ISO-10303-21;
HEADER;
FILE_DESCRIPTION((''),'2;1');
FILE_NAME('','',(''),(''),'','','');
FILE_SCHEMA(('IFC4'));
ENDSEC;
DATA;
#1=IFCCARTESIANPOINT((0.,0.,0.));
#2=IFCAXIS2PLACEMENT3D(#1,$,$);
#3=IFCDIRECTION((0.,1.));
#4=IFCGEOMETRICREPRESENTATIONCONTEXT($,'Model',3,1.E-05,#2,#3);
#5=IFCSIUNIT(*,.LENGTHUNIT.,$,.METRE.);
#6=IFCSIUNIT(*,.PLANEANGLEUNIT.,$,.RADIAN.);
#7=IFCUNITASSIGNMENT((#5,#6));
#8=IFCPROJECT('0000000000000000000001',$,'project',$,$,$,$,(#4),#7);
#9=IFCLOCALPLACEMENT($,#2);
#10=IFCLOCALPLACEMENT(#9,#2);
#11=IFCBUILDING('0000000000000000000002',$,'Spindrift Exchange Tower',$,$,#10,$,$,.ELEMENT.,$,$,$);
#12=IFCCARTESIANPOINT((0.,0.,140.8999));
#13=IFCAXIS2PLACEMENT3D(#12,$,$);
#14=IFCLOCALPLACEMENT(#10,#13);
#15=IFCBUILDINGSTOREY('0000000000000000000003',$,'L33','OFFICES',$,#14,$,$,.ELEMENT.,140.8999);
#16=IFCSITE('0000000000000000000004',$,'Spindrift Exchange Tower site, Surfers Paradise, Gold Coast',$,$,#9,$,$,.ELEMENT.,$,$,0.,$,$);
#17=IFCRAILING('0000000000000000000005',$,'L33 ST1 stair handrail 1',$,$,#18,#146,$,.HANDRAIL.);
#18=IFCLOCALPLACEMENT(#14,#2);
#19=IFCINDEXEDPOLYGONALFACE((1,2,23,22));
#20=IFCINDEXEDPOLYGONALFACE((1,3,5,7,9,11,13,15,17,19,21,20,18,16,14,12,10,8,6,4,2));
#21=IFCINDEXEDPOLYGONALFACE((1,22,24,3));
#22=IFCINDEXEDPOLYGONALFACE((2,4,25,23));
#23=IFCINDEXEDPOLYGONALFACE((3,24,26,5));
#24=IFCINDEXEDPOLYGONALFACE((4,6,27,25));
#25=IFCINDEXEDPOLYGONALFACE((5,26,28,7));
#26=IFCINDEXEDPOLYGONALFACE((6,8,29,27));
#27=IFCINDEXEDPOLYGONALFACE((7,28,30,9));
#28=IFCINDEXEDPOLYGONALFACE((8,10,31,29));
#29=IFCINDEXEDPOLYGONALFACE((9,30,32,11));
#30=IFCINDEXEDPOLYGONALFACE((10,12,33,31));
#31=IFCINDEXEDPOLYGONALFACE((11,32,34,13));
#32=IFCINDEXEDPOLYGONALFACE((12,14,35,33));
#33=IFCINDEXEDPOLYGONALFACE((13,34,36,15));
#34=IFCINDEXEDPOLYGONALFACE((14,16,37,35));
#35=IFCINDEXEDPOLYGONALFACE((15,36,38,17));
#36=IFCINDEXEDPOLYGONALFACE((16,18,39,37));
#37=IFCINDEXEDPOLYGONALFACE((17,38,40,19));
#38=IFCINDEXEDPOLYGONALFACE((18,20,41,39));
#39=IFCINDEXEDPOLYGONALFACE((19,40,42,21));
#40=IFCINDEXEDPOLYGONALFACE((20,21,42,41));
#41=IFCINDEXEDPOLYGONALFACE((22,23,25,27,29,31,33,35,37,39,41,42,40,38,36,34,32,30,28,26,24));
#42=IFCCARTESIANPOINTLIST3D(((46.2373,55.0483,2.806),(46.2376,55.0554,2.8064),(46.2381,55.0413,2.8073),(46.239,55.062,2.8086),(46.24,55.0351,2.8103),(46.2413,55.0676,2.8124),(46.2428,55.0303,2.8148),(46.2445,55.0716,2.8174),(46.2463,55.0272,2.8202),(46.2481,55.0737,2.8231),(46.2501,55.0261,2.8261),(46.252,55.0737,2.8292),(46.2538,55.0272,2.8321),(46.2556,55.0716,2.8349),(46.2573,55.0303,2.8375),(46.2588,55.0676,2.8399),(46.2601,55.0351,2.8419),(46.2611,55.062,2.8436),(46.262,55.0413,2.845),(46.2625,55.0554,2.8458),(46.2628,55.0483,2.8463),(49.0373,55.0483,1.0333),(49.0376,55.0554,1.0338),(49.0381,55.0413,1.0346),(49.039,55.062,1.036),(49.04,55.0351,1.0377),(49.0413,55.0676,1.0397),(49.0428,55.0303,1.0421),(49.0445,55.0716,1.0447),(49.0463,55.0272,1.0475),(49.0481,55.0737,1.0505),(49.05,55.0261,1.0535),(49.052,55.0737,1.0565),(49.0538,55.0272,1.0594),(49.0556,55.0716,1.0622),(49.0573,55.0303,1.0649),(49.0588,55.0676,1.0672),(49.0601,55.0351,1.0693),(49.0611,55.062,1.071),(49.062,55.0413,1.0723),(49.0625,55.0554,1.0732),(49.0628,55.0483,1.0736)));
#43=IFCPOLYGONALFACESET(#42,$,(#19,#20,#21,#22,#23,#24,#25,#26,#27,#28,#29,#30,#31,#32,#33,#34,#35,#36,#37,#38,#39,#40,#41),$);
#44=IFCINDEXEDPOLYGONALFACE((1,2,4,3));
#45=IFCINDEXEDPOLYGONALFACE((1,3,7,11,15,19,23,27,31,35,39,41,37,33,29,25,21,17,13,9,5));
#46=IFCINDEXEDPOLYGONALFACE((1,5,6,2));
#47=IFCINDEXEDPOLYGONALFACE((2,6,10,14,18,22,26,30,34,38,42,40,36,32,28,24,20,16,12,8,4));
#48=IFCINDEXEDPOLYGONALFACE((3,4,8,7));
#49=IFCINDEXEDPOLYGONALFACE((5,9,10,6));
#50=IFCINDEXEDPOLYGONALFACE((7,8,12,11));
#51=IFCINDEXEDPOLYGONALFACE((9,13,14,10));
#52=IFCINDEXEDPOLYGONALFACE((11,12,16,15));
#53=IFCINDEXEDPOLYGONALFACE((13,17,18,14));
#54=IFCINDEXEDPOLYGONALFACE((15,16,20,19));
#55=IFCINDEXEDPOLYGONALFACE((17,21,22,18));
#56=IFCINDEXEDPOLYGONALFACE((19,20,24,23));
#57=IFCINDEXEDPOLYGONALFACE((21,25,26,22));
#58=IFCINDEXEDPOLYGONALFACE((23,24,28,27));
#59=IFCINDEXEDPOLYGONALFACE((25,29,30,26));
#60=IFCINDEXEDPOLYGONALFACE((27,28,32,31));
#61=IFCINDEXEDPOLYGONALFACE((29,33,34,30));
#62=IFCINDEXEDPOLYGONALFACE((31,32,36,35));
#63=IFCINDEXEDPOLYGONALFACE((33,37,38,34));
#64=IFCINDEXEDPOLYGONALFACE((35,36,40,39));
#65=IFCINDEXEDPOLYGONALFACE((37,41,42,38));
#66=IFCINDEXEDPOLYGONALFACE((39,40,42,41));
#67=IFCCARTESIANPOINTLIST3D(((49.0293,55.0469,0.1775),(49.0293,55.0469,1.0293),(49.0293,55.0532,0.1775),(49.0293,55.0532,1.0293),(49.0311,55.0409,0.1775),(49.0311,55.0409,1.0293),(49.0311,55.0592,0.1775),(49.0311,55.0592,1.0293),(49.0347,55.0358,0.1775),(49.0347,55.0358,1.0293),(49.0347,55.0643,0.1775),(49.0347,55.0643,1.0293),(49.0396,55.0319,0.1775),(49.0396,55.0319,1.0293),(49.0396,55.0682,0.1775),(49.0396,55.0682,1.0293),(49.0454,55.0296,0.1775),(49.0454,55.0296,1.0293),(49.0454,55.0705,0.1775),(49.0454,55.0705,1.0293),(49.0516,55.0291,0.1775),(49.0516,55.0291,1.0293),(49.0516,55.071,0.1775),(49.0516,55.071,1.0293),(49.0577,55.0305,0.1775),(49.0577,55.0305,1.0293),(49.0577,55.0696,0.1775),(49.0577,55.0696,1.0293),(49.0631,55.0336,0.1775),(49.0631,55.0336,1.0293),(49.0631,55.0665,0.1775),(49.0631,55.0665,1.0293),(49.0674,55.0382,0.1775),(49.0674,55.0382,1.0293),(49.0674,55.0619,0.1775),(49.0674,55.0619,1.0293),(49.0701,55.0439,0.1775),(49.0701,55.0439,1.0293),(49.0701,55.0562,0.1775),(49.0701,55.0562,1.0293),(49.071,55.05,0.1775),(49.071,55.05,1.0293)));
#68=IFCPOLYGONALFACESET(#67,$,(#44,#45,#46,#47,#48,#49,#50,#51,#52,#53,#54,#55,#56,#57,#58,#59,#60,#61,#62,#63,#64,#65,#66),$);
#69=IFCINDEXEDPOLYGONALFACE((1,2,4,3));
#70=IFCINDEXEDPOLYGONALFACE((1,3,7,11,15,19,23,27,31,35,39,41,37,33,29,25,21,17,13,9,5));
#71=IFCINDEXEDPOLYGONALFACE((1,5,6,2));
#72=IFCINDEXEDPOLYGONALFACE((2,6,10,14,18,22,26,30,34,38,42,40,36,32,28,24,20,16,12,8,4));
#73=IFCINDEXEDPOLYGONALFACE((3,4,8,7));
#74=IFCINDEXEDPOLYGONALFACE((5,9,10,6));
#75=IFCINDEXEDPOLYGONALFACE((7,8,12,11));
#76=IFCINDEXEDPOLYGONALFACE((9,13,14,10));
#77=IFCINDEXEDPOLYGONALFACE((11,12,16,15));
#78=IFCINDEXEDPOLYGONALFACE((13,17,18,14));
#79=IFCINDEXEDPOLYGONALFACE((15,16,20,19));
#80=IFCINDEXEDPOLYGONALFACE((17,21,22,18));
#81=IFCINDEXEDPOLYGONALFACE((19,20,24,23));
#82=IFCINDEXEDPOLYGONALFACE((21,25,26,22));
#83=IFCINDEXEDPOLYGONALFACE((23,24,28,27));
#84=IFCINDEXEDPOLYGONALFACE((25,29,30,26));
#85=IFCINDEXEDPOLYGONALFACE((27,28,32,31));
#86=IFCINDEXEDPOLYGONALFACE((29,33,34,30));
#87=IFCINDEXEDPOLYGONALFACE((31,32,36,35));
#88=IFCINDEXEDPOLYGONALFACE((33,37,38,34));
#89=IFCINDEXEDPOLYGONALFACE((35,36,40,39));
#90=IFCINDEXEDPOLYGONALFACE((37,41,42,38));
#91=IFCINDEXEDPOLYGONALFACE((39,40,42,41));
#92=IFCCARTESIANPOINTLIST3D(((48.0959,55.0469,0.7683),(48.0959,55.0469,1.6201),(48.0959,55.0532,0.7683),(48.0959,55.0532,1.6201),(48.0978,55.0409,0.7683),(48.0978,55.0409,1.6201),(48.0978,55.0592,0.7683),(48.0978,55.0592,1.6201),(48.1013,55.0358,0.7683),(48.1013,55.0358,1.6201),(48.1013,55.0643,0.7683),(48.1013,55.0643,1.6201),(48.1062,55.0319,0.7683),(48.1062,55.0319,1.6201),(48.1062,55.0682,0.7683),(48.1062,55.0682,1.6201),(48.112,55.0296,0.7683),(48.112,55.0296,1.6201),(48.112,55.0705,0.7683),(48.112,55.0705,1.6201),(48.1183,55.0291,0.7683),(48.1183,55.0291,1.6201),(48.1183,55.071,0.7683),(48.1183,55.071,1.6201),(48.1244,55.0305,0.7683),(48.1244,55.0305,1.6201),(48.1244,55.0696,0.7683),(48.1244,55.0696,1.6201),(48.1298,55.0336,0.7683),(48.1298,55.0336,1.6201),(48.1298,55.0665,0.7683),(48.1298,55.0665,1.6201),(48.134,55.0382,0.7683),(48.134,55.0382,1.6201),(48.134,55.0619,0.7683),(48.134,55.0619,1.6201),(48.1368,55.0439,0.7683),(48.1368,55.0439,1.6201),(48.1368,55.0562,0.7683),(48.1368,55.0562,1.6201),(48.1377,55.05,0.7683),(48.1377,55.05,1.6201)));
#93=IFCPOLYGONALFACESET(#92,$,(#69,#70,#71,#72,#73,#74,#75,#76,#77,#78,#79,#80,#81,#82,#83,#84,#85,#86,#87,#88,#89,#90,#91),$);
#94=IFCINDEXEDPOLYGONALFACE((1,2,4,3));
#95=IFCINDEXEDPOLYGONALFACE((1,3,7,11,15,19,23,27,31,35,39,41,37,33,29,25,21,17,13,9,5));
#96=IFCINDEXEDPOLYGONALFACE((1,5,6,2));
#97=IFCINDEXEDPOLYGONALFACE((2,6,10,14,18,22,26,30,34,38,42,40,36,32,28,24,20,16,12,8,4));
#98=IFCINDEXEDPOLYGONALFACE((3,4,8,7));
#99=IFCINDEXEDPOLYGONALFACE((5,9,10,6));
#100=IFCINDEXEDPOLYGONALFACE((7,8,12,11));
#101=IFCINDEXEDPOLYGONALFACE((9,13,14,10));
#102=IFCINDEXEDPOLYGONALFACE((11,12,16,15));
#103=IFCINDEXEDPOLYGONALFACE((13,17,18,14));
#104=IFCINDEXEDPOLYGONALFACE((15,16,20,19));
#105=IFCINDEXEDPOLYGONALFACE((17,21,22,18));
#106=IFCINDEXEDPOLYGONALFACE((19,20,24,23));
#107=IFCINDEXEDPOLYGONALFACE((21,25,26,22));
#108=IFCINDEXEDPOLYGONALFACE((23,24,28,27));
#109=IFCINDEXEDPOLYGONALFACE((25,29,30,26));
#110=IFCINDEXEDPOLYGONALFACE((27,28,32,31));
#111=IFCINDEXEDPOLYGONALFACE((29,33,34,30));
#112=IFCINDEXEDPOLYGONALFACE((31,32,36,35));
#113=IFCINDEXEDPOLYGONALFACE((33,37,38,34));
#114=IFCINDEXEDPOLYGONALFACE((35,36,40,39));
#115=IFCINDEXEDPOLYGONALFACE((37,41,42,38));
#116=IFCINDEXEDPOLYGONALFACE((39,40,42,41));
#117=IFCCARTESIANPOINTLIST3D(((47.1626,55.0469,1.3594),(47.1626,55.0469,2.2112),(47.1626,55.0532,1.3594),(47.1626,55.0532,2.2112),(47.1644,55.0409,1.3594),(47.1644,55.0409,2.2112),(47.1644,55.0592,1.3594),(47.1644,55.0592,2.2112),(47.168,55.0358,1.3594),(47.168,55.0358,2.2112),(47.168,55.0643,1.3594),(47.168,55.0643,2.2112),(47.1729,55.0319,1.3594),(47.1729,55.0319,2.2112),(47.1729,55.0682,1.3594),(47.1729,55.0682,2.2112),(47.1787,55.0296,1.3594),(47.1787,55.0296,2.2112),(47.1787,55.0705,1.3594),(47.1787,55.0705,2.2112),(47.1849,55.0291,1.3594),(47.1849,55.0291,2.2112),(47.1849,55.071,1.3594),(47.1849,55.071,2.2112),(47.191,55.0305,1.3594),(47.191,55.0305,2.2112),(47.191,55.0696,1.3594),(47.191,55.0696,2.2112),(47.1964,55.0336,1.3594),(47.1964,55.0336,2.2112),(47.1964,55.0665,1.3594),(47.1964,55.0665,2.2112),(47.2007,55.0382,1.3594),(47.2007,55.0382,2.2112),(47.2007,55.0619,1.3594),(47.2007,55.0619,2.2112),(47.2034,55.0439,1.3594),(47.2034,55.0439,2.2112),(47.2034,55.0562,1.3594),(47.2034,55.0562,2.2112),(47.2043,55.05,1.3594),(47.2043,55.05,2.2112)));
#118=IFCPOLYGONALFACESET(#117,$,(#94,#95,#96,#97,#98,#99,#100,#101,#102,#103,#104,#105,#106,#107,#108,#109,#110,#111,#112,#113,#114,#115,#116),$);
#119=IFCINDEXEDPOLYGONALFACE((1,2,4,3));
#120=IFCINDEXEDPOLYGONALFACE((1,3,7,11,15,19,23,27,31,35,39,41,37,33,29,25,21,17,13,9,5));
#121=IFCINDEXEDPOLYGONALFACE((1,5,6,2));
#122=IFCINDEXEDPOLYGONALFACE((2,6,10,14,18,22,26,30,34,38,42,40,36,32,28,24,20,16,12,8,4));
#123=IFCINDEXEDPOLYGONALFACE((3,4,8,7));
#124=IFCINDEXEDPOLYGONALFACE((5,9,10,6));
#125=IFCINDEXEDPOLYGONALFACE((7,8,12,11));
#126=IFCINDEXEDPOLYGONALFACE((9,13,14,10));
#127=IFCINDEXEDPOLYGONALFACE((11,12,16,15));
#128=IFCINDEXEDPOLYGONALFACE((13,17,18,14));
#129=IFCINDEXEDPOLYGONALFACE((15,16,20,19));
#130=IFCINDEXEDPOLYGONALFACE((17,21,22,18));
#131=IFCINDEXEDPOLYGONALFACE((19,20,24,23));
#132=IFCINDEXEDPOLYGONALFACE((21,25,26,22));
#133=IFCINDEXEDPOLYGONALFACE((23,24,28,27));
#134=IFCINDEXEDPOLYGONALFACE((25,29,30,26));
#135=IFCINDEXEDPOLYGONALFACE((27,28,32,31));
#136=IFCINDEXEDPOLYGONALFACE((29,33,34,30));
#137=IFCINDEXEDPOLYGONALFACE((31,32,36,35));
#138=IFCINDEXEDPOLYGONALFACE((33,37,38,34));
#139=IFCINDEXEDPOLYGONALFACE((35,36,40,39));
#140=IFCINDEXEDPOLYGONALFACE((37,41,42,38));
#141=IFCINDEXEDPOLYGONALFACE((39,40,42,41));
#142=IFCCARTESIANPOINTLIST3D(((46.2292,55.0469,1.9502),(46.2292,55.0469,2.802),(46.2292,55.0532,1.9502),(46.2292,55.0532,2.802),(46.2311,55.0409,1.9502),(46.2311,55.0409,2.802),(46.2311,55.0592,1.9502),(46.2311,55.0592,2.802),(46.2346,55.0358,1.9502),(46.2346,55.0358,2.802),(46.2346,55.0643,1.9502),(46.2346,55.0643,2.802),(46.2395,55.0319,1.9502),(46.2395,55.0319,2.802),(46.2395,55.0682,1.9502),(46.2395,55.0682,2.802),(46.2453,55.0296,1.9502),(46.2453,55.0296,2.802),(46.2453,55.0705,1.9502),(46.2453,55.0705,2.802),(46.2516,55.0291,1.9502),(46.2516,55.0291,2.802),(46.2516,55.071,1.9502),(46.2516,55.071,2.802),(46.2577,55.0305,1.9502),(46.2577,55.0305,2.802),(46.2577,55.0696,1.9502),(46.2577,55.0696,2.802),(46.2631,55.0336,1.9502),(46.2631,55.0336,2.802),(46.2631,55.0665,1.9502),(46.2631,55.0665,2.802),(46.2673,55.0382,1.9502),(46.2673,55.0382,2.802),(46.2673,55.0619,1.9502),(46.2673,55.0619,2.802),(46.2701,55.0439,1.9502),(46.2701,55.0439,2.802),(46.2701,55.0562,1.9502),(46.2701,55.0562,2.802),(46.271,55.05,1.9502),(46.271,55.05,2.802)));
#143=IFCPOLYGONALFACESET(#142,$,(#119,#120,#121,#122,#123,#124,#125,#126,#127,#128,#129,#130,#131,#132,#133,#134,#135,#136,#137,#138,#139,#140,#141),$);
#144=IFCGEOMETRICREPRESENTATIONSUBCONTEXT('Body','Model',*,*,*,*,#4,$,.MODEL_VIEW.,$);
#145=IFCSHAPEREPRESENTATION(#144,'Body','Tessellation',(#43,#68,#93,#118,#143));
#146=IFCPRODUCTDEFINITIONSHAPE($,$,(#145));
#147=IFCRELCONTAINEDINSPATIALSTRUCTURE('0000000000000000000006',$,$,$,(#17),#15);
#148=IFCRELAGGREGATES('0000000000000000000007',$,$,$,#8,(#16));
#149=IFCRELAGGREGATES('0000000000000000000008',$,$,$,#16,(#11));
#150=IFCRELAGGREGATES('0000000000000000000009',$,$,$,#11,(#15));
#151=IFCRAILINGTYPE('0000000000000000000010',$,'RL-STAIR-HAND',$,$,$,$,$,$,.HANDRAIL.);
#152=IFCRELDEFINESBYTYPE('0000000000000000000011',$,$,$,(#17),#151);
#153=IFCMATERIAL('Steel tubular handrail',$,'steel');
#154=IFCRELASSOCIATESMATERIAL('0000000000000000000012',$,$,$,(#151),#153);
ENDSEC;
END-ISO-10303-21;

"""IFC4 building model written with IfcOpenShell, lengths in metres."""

from ifc_helpers import new_model, si_unit, direction, frame, origin, origin_2d, place, context, subcontext, project, spatial, circle, extrude, material, type_object, element, save


model = new_model("IFC4")

# Units and contexts
model_context = context("Model", 3, precision=1e-05, world=origin(), true_north=direction((0.0, 1.0)))
body_context = subcontext(model_context, "Body", "Model", "MODEL_VIEW")
ifc_project = project(units=[si_unit("LENGTHUNIT", "METRE"), si_unit("PLANEANGLEUNIT", "RADIAN")], contexts=[model_context])

# Site, building, storey
site_placement = place(None, origin())
site = spatial("IfcSite", under=ifc_project, at=site_placement, Name="Spindrift Exchange Tower site, Surfers Paradise, Gold Coast", CompositionType="ELEMENT", RefElevation=0.0)
building_placement = place(site_placement, origin())
building = spatial("IfcBuilding", under=site, at=building_placement, Name="Spindrift Exchange Tower", CompositionType="ELEMENT")
storey_placement = place(building_placement, frame((0.0, 0.0, 140.8999)))
storey = spatial("IfcBuildingStorey", under=building, at=storey_placement, Name="L33", Description="OFFICES", CompositionType="ELEMENT", Elevation=140.8999)

# Railing
ifc_material_1 = material(Name="Steel tubular handrail", Category="steel")
railing_type_1 = type_object("IfcRailingType", Name="RL-STAIR-HAND", PredefinedType="HANDRAIL", material=ifc_material_1)
railing_1_placement = place(storey_placement, frame((49.05, 55.05, 0.1775)))
element("IfcRailing", 1, at=railing_1_placement, inside=storey, type_object=railing_type_1, Name="L33 ST1 stair handrail 1", PredefinedType="HANDRAIL", context=body_context, shape_type="SweptSolid", body=[
    extrude(circle(Radius=0.0239, at=origin_2d()), frame((0.0, 0.0, 0.876), z_axis=(-0.844909, 0.0, 0.53491), x_axis=(0.0, -1.0, 0.0)), (0.0, 0.0, 1.0), 3.314),
    extrude(circle(Radius=0.021, at=origin_2d()), origin(), (0.0, 0.0, 1.0), 0.8518),
    extrude(circle(Radius=0.021, at=origin_2d()), frame((-0.9333, 0.0, 0.5908)), (0.0, 0.0, 1.0), 0.8518),
    extrude(circle(Radius=0.021, at=origin_2d()), frame((-1.8667, 0.0, 1.1819)), (0.0, 0.0, 1.0), 0.8518),
    extrude(circle(Radius=0.021, at=origin_2d()), frame((-2.8, 0.0, 1.7727)), (0.0, 0.0, 1.0), 0.8518),
])

save(model, "model.ifc")
